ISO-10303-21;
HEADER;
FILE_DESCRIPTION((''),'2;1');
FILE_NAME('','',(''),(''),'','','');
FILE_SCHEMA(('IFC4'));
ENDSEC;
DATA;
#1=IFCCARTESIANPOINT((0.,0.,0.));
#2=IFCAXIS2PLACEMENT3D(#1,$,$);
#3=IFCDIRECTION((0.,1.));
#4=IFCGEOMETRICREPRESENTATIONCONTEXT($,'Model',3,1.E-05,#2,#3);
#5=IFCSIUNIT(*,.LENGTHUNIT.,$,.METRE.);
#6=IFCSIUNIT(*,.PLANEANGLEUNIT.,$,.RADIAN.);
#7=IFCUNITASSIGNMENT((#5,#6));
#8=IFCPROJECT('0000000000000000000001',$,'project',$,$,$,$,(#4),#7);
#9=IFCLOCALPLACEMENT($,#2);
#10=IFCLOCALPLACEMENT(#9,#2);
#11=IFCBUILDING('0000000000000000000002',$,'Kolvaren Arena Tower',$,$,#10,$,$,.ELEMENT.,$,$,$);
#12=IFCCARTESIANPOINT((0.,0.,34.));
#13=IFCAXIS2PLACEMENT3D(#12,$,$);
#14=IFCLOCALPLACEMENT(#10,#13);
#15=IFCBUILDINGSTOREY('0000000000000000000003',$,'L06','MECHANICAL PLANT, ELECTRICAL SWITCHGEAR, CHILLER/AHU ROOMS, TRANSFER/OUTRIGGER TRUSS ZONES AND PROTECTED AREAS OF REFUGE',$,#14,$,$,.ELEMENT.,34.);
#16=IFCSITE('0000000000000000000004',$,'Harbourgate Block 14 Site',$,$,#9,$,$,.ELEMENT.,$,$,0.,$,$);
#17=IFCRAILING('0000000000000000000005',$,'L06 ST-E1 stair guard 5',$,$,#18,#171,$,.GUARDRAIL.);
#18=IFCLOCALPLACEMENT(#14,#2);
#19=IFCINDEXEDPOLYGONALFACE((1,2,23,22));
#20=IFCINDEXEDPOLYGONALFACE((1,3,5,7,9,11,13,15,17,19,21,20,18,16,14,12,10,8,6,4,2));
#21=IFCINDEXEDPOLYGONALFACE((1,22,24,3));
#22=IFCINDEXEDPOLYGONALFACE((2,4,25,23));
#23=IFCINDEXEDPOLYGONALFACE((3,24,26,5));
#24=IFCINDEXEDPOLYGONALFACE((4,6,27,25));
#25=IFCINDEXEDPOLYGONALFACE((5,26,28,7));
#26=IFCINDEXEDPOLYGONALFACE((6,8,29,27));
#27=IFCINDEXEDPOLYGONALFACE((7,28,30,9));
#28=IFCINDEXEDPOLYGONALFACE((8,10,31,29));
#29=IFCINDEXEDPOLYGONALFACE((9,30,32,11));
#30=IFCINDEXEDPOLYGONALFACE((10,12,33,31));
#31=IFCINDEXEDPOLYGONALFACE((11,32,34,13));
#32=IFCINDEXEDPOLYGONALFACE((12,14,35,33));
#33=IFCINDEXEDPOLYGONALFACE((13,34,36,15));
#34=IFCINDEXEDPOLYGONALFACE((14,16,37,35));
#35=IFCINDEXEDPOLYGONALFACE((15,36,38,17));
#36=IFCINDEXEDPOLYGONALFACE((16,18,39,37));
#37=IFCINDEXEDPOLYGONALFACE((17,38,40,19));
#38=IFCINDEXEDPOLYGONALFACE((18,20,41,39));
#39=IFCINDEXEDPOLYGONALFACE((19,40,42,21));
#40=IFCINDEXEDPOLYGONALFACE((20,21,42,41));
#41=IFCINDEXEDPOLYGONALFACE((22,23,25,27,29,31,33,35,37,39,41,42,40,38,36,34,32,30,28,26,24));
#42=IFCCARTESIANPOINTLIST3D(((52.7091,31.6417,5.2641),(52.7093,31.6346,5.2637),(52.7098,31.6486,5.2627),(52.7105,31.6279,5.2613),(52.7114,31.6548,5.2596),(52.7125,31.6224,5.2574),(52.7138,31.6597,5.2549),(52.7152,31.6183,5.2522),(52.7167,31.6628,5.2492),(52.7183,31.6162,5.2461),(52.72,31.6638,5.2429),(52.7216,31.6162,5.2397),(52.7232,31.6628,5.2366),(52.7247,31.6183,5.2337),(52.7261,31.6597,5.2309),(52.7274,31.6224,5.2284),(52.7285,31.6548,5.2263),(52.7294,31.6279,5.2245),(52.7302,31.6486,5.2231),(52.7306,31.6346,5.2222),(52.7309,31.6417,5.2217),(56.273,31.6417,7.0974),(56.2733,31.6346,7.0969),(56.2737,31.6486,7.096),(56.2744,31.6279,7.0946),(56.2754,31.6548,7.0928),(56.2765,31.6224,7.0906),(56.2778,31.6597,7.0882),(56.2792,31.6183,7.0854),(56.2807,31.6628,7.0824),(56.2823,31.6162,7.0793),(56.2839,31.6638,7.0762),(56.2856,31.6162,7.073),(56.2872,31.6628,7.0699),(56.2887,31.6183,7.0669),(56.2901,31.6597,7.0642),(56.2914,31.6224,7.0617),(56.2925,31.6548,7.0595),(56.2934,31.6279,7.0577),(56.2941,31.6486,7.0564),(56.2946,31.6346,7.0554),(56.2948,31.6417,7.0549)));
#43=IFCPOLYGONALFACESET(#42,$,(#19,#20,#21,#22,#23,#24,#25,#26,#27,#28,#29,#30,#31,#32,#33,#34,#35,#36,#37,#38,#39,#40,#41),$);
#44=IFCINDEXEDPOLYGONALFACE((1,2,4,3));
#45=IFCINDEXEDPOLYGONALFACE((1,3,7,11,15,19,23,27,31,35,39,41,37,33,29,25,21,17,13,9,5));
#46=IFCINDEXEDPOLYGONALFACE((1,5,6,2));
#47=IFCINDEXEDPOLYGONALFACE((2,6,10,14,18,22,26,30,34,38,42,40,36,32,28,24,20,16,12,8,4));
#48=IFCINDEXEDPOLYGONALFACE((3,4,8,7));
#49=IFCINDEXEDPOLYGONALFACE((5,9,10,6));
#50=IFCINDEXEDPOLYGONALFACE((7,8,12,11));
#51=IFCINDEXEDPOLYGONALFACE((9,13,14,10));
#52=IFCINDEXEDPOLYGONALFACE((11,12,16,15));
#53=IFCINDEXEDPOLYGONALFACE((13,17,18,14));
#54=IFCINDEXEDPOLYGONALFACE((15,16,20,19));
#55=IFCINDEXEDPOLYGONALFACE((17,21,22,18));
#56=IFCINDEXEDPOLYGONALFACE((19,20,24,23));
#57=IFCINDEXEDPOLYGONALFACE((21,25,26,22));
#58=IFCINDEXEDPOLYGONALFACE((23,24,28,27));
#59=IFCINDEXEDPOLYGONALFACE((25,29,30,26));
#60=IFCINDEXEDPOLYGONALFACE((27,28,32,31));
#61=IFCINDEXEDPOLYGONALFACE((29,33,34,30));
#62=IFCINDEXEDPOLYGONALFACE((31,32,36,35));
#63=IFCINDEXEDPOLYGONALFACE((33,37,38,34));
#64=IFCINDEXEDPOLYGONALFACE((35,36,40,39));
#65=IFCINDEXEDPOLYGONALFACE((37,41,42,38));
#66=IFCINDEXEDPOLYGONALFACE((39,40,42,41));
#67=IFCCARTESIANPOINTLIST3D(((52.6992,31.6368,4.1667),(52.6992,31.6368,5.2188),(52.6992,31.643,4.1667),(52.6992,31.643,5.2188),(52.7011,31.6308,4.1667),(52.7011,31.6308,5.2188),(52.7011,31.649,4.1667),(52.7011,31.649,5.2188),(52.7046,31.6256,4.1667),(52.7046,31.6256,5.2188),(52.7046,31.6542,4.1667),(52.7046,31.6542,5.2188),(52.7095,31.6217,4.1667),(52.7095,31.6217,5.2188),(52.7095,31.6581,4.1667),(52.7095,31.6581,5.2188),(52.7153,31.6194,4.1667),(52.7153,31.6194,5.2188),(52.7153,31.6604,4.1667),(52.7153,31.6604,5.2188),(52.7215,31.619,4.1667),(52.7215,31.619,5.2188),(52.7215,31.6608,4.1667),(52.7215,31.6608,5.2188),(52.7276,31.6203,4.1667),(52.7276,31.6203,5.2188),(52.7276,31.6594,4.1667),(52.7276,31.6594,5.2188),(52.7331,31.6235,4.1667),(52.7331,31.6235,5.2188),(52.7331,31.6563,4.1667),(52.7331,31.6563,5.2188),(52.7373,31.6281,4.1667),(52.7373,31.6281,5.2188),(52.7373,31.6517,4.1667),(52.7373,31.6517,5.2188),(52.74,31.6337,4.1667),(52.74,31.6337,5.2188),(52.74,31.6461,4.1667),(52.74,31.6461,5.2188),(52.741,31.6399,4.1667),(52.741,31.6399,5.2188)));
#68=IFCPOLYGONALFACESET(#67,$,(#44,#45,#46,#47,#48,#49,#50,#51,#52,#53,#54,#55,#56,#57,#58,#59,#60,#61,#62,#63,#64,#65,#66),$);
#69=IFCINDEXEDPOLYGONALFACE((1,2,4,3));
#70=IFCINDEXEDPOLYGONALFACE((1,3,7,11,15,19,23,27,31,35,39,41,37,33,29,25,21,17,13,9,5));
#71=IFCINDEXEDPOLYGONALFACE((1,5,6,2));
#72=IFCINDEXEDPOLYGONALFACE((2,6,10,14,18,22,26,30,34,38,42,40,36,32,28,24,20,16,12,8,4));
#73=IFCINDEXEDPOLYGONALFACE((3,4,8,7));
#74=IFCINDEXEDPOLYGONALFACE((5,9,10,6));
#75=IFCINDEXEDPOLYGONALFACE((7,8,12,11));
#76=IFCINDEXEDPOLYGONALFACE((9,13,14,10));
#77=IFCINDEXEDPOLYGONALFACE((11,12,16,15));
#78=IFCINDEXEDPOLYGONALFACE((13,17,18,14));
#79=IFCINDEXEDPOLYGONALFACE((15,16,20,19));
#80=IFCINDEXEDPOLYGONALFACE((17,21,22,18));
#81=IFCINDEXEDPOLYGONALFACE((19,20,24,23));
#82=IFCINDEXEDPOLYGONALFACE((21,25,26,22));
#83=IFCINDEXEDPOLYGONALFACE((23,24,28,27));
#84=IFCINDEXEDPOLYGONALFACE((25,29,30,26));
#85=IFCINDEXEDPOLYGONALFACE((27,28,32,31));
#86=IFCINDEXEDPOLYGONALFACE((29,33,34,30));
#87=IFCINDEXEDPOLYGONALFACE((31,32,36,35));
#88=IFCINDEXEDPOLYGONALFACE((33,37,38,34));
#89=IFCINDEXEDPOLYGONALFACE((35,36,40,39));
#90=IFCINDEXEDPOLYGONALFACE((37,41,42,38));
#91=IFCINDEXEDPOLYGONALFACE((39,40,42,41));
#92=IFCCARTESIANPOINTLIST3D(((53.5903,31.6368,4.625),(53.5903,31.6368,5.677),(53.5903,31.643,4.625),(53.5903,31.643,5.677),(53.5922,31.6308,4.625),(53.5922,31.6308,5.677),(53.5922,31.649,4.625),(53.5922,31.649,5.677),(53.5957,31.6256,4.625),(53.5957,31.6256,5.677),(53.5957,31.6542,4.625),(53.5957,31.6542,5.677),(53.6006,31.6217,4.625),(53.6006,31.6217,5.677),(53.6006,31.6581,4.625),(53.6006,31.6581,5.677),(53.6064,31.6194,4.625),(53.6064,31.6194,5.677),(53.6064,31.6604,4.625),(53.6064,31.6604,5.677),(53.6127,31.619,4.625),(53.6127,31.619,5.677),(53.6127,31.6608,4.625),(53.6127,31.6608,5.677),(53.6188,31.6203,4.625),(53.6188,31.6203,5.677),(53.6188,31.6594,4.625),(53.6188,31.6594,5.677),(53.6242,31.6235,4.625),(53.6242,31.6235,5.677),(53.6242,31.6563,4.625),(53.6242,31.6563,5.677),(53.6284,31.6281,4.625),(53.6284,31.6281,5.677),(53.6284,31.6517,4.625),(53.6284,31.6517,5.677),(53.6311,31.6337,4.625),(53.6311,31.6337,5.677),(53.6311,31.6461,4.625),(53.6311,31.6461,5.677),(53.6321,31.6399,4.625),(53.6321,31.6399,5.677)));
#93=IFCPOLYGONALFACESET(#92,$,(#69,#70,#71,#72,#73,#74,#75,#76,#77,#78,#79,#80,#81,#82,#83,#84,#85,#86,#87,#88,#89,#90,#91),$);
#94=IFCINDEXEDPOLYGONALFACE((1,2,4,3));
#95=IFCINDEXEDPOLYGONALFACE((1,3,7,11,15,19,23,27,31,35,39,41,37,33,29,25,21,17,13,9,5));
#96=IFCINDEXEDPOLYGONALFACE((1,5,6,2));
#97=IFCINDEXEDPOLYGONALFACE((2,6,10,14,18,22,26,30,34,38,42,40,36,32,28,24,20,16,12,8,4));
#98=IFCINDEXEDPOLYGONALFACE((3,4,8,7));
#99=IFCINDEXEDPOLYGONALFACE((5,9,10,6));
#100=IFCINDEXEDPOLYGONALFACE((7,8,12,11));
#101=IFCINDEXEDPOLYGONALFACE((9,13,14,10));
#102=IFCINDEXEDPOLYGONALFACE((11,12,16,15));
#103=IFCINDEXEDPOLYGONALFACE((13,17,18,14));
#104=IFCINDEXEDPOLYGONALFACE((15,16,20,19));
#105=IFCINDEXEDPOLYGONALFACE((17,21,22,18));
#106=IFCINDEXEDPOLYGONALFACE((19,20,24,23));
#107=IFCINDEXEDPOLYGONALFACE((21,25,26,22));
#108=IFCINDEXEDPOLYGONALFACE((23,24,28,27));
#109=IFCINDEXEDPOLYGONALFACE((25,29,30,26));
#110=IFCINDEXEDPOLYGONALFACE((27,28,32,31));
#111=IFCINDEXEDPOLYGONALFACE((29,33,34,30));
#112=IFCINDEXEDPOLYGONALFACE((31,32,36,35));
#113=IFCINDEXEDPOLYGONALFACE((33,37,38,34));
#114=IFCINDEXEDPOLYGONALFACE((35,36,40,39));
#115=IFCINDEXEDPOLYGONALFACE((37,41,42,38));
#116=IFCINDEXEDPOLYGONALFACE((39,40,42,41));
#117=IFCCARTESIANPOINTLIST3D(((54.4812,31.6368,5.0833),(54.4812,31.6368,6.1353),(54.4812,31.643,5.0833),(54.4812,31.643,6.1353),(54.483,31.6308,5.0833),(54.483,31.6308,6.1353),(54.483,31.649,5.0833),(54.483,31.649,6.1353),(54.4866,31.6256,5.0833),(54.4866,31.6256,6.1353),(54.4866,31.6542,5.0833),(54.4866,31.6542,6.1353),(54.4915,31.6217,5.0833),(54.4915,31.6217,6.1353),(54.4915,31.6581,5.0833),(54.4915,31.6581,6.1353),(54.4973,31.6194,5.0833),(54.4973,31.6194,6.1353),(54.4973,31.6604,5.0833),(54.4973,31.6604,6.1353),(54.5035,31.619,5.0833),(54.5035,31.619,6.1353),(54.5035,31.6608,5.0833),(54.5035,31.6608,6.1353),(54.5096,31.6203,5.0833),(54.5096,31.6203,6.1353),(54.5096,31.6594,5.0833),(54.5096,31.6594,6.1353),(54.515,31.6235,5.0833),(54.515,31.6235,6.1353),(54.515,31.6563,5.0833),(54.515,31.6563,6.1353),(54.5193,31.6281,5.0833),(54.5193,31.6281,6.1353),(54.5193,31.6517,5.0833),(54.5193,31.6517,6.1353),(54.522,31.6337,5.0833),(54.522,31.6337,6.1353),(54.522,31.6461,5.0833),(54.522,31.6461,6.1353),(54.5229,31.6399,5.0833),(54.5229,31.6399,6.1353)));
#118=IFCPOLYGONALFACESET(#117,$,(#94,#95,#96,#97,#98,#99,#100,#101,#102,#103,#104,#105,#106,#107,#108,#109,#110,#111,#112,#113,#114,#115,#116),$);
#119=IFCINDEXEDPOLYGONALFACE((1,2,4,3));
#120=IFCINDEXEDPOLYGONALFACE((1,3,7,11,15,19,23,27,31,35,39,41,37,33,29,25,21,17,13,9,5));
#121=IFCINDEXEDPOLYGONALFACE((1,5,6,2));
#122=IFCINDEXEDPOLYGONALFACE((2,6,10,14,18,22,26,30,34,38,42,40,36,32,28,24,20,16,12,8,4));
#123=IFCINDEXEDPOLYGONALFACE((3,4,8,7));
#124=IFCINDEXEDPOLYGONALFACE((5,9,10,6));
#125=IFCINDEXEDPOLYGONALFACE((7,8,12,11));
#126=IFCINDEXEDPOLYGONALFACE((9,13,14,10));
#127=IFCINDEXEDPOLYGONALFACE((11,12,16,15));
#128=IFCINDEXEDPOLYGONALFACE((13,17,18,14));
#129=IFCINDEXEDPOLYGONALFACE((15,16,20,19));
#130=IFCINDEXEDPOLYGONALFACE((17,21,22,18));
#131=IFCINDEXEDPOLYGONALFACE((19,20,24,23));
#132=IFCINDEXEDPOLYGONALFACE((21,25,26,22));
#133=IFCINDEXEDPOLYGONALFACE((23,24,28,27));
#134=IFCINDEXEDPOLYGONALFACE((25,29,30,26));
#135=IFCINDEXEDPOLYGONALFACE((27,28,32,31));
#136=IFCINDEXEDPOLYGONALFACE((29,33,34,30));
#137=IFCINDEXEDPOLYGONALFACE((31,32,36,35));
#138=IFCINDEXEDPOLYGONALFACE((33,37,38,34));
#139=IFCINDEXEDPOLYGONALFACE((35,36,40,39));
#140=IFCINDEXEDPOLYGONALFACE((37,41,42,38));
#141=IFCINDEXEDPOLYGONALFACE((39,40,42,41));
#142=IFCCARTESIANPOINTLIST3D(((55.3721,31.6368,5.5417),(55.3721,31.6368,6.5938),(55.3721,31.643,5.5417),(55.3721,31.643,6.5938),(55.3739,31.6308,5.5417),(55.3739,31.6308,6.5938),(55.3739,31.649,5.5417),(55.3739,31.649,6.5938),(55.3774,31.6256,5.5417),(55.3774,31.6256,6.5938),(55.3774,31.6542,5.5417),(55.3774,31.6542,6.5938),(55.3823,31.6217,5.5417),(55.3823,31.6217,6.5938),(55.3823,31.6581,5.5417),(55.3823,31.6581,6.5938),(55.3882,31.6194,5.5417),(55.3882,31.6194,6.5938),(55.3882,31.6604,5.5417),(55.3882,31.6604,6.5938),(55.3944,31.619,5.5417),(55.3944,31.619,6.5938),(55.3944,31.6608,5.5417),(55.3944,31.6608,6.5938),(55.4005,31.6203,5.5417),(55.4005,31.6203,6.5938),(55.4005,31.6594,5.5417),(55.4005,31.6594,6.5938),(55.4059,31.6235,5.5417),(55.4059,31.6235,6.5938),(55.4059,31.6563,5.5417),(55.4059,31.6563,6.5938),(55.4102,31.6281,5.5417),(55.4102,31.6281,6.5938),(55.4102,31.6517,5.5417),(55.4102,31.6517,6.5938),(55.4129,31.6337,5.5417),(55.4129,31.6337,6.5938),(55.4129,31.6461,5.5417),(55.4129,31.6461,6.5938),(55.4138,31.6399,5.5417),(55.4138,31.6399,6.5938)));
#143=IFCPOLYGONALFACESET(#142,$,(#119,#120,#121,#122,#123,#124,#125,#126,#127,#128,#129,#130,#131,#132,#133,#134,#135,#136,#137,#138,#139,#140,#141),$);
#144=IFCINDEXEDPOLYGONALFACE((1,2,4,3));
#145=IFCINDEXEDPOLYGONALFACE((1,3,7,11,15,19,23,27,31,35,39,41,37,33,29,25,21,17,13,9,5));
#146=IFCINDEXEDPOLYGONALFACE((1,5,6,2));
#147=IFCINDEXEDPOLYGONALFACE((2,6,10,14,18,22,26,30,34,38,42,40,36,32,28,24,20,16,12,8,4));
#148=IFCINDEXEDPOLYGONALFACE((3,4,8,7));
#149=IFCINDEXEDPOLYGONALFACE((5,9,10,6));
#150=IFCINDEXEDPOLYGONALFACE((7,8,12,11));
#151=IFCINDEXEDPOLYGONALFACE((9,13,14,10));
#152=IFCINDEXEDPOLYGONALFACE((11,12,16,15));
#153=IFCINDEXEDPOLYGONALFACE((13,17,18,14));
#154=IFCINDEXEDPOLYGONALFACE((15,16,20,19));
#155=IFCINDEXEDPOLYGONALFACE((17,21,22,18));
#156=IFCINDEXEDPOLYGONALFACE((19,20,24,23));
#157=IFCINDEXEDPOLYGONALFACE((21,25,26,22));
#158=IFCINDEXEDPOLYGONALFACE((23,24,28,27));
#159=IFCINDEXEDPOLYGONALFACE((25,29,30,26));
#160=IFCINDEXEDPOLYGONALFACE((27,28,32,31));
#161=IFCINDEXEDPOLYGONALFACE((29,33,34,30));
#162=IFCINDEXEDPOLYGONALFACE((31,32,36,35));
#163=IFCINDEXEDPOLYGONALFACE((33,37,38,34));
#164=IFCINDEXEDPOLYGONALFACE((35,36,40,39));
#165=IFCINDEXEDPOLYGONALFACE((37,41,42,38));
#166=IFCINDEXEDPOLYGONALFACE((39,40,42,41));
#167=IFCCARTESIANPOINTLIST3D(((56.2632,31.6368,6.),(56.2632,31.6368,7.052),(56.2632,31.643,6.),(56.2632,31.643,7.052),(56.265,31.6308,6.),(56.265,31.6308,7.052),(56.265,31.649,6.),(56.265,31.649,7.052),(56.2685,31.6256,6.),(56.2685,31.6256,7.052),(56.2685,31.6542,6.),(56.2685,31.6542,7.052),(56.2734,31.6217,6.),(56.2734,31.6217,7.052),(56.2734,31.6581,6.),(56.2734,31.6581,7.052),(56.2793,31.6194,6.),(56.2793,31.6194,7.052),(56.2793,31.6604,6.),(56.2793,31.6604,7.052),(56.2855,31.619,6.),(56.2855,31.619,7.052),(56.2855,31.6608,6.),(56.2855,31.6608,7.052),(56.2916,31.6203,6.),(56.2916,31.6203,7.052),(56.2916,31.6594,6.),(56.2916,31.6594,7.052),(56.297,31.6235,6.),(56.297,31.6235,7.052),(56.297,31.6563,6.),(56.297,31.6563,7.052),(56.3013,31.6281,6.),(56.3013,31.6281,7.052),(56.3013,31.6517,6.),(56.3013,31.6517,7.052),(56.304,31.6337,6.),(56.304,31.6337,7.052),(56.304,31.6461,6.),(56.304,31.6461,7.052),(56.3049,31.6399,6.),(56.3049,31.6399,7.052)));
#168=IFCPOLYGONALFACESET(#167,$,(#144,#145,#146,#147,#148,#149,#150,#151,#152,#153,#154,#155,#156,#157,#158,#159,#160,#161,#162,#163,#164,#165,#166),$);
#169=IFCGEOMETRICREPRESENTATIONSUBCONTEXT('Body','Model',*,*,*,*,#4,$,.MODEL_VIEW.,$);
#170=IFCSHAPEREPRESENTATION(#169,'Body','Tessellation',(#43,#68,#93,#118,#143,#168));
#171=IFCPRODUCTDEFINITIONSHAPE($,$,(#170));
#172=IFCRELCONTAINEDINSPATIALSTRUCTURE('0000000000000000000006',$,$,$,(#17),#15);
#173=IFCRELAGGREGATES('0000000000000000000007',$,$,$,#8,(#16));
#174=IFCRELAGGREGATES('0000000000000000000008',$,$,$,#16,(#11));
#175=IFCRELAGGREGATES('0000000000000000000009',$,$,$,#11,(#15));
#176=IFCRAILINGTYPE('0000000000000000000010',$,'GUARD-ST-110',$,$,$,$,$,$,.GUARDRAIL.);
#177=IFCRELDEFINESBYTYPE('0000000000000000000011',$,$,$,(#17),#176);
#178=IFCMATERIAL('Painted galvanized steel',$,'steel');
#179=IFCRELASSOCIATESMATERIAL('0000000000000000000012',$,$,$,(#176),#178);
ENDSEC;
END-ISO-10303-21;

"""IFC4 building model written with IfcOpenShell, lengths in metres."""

from ifc_helpers import new_model, si_unit, direction, frame, origin, origin_2d, place, context, subcontext, project, spatial, circle, extrude, material, type_object, element, save


model = new_model("IFC4")

# Units and contexts
model_context = context("Model", 3, precision=1e-05, world=origin(), true_north=direction((0.0, 1.0)))
body_context = subcontext(model_context, "Body", "Model", "MODEL_VIEW")
ifc_project = project(units=[si_unit("LENGTHUNIT", "METRE"), si_unit("PLANEANGLEUNIT", "RADIAN")], contexts=[model_context])

# Site, building, storey
site_placement = place(None, origin())
site = spatial("IfcSite", under=ifc_project, at=site_placement, Name="Harbourgate Block 14 Site", CompositionType="ELEMENT", RefElevation=0.0)
building_placement = place(site_placement, origin())
building = spatial("IfcBuilding", under=site, at=building_placement, Name="Kolvaren Arena Tower", CompositionType="ELEMENT")
storey_placement = place(building_placement, frame((0.0, 0.0, 34.0)))
storey = spatial("IfcBuildingStorey", under=building, at=storey_placement, Name="L06", Description="MECHANICAL PLANT, ELECTRICAL SWITCHGEAR, CHILLER/AHU ROOMS, TRANSFER/OUTRIGGER TRUSS ZONES AND PROTECTED AREAS OF REFUGE", CompositionType="ELEMENT", Elevation=34.0)

# Railing
ifc_material_1 = material(Name="Painted galvanized steel", Category="steel")
railing_type_1 = type_object("IfcRailingType", Name="GUARD-ST-110", PredefinedType="GUARDRAIL", material=ifc_material_1)
railing_1_placement = place(storey_placement, frame((52.72, 31.6399, 4.1667)))
element("IfcRailing", 1, at=railing_1_placement, inside=storey, type_object=railing_type_1, Name="L06 ST-E1 stair guard 5", PredefinedType="GUARDRAIL", context=body_context, shape_type="SweptSolid", body=[
    extrude(circle(Radius=0.0239, at=origin_2d()), frame((0.0, 0.0, 1.0762), z_axis=(0.889252, 0.0, 0.457418), x_axis=(0.0, 1.0, 0.0)), (0.0, 0.0, 1.0), 4.0078),
    extrude(circle(Radius=0.021, at=origin_2d()), origin(), (0.0, 0.0, 1.0), 1.052),
    extrude(circle(Radius=0.021, at=origin_2d()), frame((0.8911, 0.0, 0.4583)), (0.0, 0.0, 1.0), 1.052),
    extrude(circle(Radius=0.021, at=origin_2d()), frame((1.782, 0.0, 0.9165)), (0.0, 0.0, 1.0), 1.052),
    extrude(circle(Radius=0.021, at=origin_2d()), frame((2.6729, 0.0, 1.375)), (0.0, 0.0, 1.0), 1.052),
    extrude(circle(Radius=0.021, at=origin_2d()), frame((3.564, 0.0, 1.8333)), (0.0, 0.0, 1.0), 1.052),
])

save(model, "model.ifc")
